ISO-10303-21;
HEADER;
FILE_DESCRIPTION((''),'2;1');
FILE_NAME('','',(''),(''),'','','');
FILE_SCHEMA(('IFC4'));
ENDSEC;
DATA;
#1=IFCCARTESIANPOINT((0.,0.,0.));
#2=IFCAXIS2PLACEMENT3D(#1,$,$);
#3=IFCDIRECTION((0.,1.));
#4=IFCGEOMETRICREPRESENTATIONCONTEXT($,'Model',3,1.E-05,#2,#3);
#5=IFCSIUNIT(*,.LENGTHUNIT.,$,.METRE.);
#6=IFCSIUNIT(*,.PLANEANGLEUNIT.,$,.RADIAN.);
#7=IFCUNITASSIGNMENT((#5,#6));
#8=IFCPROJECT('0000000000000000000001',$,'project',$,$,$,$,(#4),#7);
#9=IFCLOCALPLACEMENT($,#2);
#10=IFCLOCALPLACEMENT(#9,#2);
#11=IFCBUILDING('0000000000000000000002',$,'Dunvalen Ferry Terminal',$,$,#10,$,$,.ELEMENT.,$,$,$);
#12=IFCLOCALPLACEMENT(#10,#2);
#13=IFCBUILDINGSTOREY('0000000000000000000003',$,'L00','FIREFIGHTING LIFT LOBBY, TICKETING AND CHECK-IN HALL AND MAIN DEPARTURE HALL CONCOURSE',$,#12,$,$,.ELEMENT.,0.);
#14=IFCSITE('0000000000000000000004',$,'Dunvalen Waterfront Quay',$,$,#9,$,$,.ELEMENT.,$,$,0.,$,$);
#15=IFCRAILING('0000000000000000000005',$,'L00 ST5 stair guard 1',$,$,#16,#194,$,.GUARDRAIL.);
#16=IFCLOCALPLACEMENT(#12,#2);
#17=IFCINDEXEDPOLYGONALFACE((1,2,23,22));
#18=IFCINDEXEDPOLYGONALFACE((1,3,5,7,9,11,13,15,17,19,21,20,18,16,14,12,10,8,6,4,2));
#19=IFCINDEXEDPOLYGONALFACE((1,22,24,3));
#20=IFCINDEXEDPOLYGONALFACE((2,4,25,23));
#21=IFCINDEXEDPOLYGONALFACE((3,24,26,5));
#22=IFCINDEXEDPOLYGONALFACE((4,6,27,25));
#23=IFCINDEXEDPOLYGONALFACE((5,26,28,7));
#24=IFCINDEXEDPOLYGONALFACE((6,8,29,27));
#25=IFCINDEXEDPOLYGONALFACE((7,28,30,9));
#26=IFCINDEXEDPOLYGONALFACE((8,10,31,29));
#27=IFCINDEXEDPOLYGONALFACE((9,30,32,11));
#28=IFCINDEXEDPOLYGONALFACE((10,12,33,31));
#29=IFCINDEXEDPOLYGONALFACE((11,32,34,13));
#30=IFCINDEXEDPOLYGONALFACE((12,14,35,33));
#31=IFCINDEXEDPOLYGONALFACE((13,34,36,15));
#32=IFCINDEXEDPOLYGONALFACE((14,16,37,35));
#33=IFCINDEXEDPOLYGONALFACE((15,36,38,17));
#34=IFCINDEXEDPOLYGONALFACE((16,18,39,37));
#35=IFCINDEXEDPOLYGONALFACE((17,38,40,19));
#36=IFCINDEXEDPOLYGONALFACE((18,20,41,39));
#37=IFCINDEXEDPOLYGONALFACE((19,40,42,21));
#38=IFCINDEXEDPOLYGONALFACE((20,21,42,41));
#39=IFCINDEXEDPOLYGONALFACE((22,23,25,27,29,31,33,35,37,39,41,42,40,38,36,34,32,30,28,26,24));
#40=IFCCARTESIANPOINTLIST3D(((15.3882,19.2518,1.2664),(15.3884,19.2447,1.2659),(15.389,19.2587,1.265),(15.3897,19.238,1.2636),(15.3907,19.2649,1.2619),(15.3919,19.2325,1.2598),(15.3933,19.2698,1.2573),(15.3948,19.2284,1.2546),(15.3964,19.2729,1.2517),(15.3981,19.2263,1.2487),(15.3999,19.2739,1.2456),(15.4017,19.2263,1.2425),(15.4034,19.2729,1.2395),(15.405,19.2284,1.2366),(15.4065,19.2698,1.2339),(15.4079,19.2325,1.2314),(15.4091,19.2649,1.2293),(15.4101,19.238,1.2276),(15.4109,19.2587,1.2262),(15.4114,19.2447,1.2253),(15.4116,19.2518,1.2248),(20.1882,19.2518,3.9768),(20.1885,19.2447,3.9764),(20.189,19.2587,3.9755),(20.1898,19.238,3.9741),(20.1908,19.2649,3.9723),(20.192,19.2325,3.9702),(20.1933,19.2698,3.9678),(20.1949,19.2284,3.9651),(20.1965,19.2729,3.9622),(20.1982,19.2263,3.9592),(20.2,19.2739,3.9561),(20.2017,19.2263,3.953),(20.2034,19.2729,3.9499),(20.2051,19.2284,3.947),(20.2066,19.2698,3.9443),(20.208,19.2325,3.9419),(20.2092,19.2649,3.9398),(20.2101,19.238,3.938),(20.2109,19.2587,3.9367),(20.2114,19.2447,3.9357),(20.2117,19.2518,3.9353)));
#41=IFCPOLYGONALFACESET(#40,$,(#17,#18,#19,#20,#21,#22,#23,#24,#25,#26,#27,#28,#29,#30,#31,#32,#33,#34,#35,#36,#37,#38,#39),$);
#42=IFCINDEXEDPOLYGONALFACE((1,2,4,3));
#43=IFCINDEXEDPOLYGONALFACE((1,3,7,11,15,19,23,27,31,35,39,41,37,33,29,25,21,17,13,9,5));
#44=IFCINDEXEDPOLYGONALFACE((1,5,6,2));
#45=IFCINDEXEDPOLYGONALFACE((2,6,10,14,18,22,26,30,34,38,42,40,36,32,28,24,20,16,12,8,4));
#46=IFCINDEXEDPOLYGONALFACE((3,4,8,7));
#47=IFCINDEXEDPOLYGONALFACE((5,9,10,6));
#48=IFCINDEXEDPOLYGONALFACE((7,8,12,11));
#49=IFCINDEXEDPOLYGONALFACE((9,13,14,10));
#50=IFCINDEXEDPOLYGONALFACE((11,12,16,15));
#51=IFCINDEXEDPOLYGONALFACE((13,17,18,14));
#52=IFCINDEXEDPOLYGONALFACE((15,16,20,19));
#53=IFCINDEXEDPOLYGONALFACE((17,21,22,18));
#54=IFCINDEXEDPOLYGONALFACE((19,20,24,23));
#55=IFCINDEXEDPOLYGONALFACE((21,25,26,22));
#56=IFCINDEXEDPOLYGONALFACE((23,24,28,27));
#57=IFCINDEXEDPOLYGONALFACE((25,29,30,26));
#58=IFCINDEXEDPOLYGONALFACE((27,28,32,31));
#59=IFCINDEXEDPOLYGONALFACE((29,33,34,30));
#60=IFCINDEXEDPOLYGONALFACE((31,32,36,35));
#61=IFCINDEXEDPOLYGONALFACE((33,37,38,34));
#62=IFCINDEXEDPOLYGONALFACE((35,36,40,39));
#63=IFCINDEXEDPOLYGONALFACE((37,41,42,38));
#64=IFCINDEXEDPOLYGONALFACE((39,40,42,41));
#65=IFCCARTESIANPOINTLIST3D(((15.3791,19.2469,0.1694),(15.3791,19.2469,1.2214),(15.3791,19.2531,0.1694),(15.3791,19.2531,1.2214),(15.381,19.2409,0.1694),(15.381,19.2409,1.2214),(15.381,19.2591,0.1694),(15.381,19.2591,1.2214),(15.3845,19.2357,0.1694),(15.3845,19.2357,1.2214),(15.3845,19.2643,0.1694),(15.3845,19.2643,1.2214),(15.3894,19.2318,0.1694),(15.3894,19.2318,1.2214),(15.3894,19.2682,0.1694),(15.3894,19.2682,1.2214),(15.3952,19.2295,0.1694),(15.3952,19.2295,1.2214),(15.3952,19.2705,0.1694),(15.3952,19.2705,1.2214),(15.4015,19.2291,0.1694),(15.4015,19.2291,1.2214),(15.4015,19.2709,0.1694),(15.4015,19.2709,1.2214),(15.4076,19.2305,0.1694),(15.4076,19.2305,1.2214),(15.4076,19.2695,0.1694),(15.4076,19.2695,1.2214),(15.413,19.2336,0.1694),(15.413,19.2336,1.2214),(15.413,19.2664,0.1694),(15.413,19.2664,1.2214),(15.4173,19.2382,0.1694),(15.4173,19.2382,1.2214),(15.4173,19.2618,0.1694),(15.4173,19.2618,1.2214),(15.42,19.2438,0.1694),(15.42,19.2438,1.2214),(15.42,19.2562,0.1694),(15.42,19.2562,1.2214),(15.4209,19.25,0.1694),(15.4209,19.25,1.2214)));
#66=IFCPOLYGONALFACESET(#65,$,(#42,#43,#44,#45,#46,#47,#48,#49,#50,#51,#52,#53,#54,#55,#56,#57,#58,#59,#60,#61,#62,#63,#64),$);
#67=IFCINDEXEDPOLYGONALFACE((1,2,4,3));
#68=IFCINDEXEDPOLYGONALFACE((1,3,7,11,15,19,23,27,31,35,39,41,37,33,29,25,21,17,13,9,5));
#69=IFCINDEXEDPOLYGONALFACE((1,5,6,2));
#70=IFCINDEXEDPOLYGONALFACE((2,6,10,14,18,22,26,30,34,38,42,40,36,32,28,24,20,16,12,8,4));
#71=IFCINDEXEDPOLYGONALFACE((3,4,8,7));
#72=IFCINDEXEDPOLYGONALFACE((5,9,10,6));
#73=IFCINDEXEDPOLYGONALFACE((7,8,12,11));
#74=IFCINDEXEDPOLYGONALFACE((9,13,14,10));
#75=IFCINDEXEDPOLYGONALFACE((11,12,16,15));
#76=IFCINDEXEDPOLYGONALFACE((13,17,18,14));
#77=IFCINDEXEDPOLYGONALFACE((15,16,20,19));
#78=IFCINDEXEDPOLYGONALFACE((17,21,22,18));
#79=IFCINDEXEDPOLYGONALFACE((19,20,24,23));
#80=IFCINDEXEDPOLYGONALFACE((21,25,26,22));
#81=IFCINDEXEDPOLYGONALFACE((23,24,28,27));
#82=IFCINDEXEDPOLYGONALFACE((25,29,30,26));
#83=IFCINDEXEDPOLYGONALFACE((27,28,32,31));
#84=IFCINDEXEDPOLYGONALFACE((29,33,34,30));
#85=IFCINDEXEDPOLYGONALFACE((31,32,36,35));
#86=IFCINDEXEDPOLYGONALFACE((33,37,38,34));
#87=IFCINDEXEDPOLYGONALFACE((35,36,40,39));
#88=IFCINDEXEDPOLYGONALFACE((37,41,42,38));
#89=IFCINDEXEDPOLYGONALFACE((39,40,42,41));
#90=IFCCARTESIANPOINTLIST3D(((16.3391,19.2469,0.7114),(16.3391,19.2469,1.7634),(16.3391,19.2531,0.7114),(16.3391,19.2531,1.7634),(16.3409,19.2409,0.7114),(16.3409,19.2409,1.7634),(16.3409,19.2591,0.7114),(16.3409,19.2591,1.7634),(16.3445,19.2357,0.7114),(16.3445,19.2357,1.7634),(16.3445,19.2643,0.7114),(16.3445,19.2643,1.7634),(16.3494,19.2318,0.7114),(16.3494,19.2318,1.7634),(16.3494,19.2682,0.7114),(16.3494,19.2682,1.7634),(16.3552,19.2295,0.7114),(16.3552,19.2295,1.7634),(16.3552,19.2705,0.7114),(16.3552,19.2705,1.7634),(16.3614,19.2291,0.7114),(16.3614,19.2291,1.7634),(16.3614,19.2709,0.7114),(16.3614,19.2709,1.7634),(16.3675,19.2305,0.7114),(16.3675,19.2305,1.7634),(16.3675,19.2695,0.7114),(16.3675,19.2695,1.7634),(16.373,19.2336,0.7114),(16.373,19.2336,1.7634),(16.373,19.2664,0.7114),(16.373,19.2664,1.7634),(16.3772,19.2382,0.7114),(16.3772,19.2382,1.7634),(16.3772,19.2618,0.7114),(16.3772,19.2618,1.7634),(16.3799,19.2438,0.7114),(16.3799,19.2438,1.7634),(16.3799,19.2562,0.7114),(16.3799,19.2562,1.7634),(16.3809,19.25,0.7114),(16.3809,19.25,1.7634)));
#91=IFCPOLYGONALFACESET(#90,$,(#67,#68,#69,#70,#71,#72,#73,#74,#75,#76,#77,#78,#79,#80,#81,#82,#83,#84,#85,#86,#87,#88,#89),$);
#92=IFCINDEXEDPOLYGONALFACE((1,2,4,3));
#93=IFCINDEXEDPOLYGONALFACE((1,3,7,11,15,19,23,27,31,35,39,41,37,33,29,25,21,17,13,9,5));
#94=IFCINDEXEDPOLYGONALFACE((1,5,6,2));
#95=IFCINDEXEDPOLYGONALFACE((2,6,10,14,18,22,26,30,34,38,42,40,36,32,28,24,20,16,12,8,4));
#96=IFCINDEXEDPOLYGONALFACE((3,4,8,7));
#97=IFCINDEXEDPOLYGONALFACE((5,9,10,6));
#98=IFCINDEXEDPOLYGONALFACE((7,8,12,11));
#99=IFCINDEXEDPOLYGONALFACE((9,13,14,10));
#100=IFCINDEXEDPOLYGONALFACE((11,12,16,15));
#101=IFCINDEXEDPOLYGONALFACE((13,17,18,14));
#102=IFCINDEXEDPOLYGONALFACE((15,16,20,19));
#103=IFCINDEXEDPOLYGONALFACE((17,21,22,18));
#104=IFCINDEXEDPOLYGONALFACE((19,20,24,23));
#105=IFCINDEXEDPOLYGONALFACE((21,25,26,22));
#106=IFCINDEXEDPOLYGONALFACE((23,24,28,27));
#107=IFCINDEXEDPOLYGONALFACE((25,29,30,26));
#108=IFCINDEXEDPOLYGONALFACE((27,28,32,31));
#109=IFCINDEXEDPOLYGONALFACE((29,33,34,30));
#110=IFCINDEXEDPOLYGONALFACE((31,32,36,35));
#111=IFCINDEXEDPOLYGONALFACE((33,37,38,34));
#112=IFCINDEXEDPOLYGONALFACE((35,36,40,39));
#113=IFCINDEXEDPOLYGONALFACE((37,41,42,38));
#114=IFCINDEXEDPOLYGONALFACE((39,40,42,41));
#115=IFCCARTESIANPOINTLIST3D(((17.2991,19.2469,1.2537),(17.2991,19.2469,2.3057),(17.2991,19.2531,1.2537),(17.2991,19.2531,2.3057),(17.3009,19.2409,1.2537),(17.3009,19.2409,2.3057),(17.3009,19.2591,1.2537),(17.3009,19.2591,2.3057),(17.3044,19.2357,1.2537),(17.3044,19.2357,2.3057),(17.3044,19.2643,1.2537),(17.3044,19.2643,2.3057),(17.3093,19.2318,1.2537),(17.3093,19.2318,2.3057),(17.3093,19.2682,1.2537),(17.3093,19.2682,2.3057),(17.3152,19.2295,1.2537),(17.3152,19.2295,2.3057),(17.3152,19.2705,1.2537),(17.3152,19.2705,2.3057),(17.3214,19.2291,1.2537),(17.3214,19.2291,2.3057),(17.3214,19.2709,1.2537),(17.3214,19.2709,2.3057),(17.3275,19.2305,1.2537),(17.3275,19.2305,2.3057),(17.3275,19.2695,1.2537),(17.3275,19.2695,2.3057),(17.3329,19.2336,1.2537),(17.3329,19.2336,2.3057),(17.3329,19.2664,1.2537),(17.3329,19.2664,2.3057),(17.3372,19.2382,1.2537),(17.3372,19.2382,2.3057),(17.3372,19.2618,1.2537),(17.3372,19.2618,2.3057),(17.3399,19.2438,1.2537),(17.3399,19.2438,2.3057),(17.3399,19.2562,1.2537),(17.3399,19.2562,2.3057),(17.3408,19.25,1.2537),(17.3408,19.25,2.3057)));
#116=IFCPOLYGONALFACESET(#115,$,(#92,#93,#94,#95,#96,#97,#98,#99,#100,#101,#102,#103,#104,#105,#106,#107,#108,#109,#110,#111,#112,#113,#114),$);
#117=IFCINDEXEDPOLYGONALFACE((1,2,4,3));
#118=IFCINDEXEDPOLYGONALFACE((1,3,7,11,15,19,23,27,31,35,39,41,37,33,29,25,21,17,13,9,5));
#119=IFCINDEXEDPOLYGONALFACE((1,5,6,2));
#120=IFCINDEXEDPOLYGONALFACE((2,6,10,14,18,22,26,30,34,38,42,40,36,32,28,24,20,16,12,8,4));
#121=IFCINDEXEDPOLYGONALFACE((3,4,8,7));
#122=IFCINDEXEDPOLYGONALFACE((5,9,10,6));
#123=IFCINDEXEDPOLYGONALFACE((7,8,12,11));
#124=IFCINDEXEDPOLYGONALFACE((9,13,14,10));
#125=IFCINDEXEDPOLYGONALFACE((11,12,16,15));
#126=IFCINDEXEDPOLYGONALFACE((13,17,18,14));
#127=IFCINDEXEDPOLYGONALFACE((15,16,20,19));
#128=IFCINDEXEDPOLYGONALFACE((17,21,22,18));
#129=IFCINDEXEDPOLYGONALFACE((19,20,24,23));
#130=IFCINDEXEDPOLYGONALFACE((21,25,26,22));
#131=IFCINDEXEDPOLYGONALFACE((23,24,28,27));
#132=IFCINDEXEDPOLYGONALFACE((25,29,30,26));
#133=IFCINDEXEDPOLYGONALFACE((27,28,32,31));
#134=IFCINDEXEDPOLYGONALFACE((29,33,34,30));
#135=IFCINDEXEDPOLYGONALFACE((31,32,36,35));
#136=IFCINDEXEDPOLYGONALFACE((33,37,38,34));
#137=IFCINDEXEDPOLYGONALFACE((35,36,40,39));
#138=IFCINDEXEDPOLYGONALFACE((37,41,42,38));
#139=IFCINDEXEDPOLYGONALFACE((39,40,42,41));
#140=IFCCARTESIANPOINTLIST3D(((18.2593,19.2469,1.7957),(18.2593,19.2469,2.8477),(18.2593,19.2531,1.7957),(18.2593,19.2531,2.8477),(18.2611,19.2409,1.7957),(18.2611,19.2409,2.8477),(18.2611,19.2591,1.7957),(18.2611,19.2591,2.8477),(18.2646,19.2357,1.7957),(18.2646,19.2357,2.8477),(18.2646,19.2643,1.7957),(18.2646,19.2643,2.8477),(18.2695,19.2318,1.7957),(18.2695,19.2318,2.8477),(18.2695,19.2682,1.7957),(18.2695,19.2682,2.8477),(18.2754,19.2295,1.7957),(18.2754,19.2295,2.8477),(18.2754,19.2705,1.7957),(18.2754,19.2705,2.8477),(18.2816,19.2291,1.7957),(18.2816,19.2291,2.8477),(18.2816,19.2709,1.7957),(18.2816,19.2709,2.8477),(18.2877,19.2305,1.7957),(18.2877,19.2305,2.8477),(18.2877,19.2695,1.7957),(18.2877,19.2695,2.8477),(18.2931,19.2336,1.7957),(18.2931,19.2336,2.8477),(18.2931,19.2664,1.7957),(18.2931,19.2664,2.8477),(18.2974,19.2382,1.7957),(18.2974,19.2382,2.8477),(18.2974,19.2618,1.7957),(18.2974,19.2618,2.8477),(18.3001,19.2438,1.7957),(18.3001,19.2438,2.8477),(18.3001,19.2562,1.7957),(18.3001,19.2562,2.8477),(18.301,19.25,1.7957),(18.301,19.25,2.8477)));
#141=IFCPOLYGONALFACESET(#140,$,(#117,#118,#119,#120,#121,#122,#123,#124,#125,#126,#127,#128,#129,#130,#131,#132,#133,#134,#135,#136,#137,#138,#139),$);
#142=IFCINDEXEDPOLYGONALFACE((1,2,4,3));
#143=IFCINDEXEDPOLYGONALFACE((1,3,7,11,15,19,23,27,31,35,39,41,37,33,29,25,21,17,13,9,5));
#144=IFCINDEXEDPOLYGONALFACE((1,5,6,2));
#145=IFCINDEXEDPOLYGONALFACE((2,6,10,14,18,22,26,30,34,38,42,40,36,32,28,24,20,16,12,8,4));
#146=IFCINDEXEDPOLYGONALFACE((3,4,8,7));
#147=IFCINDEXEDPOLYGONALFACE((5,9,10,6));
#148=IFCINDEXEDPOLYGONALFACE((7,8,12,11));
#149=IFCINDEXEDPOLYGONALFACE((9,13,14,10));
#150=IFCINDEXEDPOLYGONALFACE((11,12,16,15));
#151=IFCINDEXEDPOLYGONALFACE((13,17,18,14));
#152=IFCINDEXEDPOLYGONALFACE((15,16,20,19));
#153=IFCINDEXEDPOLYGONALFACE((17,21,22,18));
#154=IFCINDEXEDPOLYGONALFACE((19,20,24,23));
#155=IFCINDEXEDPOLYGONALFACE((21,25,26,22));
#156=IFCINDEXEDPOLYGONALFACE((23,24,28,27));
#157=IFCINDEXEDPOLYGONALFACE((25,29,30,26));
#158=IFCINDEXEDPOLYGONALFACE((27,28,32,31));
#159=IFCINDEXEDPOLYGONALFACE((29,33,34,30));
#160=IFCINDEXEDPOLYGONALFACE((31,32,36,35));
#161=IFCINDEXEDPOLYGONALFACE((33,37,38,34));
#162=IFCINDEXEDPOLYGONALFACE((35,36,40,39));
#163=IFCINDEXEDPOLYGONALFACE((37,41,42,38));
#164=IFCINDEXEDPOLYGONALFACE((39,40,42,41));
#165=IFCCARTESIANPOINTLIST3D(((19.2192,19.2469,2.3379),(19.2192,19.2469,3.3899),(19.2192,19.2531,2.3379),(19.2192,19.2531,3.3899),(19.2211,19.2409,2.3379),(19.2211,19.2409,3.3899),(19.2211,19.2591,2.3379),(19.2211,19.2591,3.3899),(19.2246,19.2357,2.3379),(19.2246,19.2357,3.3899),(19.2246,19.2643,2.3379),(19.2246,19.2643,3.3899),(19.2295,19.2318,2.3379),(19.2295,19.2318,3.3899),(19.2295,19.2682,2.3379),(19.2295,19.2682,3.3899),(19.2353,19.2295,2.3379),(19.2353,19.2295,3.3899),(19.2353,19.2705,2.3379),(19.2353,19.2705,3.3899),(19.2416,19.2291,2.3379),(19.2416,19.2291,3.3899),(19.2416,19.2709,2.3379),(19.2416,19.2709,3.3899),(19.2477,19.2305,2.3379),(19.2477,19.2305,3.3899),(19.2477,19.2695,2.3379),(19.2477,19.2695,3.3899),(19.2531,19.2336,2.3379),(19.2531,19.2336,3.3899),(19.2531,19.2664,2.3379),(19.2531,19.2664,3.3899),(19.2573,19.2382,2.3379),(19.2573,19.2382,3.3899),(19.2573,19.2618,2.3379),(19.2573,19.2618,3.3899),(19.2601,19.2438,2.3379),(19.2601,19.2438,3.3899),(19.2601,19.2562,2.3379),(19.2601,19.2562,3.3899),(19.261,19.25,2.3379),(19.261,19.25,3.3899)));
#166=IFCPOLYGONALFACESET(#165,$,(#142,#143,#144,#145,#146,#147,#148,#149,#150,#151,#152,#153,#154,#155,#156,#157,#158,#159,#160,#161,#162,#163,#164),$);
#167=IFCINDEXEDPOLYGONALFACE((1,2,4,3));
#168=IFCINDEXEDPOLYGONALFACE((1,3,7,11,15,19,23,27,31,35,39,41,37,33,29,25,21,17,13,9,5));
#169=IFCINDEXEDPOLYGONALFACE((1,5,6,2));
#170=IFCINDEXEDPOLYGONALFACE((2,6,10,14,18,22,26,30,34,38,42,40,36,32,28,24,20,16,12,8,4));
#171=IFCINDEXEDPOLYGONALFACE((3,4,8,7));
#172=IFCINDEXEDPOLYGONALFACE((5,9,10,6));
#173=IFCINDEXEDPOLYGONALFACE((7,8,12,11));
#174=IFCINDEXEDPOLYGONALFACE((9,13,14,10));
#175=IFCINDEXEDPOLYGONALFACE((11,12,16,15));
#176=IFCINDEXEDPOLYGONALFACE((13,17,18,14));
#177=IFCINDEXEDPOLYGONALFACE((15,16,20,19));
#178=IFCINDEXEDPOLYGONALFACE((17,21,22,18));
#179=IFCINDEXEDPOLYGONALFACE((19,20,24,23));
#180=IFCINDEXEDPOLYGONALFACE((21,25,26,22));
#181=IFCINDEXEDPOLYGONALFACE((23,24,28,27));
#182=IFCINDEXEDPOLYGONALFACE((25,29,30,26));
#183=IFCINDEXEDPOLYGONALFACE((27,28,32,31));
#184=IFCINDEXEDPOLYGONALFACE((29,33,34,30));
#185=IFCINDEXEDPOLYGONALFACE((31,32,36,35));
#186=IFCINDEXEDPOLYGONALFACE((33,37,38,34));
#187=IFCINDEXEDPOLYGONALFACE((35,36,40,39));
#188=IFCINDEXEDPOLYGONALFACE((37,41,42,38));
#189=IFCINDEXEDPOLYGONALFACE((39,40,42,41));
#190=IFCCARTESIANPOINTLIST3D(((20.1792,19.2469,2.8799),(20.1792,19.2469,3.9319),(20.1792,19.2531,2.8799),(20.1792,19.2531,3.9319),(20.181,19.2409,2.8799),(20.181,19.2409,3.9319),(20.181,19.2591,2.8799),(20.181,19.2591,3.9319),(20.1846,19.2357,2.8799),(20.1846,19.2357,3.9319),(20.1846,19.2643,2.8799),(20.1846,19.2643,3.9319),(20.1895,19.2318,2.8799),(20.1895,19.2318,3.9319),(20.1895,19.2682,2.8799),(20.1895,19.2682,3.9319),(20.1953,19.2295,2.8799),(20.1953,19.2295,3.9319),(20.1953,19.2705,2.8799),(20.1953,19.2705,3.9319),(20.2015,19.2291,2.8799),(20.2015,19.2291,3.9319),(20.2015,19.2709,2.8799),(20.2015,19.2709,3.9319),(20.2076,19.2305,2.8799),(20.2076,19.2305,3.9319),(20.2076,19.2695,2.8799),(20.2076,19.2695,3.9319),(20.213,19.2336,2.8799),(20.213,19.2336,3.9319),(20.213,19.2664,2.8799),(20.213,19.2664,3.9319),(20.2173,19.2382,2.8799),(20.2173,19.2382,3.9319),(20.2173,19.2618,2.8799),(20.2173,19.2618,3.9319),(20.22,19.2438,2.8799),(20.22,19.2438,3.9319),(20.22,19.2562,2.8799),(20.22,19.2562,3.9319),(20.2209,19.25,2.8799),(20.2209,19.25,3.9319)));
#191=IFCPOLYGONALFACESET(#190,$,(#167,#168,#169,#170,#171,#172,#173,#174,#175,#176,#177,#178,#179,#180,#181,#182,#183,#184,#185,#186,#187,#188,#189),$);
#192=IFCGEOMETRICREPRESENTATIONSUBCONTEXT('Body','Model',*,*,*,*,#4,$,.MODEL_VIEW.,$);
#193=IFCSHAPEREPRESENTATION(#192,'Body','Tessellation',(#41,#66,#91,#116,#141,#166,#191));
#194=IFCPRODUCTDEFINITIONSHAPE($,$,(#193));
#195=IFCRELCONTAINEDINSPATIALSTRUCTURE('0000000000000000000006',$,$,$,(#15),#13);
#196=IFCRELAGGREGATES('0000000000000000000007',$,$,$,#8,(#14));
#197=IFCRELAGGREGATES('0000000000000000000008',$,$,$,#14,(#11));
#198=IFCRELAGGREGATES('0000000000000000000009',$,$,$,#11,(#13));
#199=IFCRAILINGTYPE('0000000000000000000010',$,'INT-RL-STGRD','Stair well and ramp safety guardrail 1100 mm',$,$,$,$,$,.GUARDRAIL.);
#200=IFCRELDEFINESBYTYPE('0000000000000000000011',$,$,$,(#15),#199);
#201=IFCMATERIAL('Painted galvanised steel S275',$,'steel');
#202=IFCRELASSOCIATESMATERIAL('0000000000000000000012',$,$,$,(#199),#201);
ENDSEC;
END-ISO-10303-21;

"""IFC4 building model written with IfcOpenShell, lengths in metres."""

from ifc_helpers import new_model, si_unit, direction, frame, origin, origin_2d, place, context, subcontext, project, spatial, circle, extrude, material, type_object, element, save


model = new_model("IFC4")

# Units and contexts
model_context = context("Model", 3, precision=1e-05, world=origin(), true_north=direction((0.0, 1.0)))
body_context = subcontext(model_context, "Body", "Model", "MODEL_VIEW")
ifc_project = project(units=[si_unit("LENGTHUNIT", "METRE"), si_unit("PLANEANGLEUNIT", "RADIAN")], contexts=[model_context])

# Site, building, storey
site_placement = place(None, origin())
site = spatial("IfcSite", under=ifc_project, at=site_placement, Name="Dunvalen Waterfront Quay", CompositionType="ELEMENT", RefElevation=0.0)
building_placement = place(site_placement, origin())
building = spatial("IfcBuilding", under=site, at=building_placement, Name="Dunvalen Ferry Terminal", CompositionType="ELEMENT")
storey_placement = place(building_placement, origin())
storey = spatial("IfcBuildingStorey", under=building, at=storey_placement, Name="L00", Description="FIREFIGHTING LIFT LOBBY, TICKETING AND CHECK-IN HALL AND MAIN DEPARTURE HALL CONCOURSE", CompositionType="ELEMENT", Elevation=0.0)

# Railing
ifc_material_1 = material(Name="Painted galvanised steel S275", Category="steel")
railing_type_1 = type_object("IfcRailingType", Name="INT-RL-STGRD", Description="Stair well and ramp safety guardrail 1100 mm", PredefinedType="GUARDRAIL", material=ifc_material_1)
railing_1_placement = place(storey_placement, frame((15.3999, 19.25, 0.1694)))
element("IfcRailing", 1, at=railing_1_placement, inside=storey, type_object=railing_type_1, Name="L00 ST5 stair guard 1", PredefinedType="GUARDRAIL", context=body_context, shape_type="SweptSolid", body=[
    extrude(circle(Radius=0.0239, at=origin_2d()), frame((0.0, 0.0, 1.0762), z_axis=(0.870767, 0.0, 0.491697), x_axis=(0.0, 1.0, 0.0)), (0.0, 0.0, 1.0), 5.5125),
    extrude(circle(Radius=0.021, at=origin_2d()), origin(), (0.0, 0.0, 1.0), 1.052),
    extrude(circle(Radius=0.021, at=origin_2d()), frame((0.96, 0.0, 0.542)), (0.0, 0.0, 1.0), 1.052),
    extrude(circle(Radius=0.021, at=origin_2d()), frame((1.9199, 0.0, 1.0842)), (0.0, 0.0, 1.0), 1.052),
    extrude(circle(Radius=0.021, at=origin_2d()), frame((2.8801, 0.0, 1.6262)), (0.0, 0.0, 1.0), 1.052),
    extrude(circle(Radius=0.021, at=origin_2d()), frame((3.8401, 0.0, 2.1685)), (0.0, 0.0, 1.0), 1.052),
    extrude(circle(Radius=0.021, at=origin_2d()), frame((4.8, 0.0, 2.7104)), (0.0, 0.0, 1.0), 1.052),
])

save(model, "model.ifc")
